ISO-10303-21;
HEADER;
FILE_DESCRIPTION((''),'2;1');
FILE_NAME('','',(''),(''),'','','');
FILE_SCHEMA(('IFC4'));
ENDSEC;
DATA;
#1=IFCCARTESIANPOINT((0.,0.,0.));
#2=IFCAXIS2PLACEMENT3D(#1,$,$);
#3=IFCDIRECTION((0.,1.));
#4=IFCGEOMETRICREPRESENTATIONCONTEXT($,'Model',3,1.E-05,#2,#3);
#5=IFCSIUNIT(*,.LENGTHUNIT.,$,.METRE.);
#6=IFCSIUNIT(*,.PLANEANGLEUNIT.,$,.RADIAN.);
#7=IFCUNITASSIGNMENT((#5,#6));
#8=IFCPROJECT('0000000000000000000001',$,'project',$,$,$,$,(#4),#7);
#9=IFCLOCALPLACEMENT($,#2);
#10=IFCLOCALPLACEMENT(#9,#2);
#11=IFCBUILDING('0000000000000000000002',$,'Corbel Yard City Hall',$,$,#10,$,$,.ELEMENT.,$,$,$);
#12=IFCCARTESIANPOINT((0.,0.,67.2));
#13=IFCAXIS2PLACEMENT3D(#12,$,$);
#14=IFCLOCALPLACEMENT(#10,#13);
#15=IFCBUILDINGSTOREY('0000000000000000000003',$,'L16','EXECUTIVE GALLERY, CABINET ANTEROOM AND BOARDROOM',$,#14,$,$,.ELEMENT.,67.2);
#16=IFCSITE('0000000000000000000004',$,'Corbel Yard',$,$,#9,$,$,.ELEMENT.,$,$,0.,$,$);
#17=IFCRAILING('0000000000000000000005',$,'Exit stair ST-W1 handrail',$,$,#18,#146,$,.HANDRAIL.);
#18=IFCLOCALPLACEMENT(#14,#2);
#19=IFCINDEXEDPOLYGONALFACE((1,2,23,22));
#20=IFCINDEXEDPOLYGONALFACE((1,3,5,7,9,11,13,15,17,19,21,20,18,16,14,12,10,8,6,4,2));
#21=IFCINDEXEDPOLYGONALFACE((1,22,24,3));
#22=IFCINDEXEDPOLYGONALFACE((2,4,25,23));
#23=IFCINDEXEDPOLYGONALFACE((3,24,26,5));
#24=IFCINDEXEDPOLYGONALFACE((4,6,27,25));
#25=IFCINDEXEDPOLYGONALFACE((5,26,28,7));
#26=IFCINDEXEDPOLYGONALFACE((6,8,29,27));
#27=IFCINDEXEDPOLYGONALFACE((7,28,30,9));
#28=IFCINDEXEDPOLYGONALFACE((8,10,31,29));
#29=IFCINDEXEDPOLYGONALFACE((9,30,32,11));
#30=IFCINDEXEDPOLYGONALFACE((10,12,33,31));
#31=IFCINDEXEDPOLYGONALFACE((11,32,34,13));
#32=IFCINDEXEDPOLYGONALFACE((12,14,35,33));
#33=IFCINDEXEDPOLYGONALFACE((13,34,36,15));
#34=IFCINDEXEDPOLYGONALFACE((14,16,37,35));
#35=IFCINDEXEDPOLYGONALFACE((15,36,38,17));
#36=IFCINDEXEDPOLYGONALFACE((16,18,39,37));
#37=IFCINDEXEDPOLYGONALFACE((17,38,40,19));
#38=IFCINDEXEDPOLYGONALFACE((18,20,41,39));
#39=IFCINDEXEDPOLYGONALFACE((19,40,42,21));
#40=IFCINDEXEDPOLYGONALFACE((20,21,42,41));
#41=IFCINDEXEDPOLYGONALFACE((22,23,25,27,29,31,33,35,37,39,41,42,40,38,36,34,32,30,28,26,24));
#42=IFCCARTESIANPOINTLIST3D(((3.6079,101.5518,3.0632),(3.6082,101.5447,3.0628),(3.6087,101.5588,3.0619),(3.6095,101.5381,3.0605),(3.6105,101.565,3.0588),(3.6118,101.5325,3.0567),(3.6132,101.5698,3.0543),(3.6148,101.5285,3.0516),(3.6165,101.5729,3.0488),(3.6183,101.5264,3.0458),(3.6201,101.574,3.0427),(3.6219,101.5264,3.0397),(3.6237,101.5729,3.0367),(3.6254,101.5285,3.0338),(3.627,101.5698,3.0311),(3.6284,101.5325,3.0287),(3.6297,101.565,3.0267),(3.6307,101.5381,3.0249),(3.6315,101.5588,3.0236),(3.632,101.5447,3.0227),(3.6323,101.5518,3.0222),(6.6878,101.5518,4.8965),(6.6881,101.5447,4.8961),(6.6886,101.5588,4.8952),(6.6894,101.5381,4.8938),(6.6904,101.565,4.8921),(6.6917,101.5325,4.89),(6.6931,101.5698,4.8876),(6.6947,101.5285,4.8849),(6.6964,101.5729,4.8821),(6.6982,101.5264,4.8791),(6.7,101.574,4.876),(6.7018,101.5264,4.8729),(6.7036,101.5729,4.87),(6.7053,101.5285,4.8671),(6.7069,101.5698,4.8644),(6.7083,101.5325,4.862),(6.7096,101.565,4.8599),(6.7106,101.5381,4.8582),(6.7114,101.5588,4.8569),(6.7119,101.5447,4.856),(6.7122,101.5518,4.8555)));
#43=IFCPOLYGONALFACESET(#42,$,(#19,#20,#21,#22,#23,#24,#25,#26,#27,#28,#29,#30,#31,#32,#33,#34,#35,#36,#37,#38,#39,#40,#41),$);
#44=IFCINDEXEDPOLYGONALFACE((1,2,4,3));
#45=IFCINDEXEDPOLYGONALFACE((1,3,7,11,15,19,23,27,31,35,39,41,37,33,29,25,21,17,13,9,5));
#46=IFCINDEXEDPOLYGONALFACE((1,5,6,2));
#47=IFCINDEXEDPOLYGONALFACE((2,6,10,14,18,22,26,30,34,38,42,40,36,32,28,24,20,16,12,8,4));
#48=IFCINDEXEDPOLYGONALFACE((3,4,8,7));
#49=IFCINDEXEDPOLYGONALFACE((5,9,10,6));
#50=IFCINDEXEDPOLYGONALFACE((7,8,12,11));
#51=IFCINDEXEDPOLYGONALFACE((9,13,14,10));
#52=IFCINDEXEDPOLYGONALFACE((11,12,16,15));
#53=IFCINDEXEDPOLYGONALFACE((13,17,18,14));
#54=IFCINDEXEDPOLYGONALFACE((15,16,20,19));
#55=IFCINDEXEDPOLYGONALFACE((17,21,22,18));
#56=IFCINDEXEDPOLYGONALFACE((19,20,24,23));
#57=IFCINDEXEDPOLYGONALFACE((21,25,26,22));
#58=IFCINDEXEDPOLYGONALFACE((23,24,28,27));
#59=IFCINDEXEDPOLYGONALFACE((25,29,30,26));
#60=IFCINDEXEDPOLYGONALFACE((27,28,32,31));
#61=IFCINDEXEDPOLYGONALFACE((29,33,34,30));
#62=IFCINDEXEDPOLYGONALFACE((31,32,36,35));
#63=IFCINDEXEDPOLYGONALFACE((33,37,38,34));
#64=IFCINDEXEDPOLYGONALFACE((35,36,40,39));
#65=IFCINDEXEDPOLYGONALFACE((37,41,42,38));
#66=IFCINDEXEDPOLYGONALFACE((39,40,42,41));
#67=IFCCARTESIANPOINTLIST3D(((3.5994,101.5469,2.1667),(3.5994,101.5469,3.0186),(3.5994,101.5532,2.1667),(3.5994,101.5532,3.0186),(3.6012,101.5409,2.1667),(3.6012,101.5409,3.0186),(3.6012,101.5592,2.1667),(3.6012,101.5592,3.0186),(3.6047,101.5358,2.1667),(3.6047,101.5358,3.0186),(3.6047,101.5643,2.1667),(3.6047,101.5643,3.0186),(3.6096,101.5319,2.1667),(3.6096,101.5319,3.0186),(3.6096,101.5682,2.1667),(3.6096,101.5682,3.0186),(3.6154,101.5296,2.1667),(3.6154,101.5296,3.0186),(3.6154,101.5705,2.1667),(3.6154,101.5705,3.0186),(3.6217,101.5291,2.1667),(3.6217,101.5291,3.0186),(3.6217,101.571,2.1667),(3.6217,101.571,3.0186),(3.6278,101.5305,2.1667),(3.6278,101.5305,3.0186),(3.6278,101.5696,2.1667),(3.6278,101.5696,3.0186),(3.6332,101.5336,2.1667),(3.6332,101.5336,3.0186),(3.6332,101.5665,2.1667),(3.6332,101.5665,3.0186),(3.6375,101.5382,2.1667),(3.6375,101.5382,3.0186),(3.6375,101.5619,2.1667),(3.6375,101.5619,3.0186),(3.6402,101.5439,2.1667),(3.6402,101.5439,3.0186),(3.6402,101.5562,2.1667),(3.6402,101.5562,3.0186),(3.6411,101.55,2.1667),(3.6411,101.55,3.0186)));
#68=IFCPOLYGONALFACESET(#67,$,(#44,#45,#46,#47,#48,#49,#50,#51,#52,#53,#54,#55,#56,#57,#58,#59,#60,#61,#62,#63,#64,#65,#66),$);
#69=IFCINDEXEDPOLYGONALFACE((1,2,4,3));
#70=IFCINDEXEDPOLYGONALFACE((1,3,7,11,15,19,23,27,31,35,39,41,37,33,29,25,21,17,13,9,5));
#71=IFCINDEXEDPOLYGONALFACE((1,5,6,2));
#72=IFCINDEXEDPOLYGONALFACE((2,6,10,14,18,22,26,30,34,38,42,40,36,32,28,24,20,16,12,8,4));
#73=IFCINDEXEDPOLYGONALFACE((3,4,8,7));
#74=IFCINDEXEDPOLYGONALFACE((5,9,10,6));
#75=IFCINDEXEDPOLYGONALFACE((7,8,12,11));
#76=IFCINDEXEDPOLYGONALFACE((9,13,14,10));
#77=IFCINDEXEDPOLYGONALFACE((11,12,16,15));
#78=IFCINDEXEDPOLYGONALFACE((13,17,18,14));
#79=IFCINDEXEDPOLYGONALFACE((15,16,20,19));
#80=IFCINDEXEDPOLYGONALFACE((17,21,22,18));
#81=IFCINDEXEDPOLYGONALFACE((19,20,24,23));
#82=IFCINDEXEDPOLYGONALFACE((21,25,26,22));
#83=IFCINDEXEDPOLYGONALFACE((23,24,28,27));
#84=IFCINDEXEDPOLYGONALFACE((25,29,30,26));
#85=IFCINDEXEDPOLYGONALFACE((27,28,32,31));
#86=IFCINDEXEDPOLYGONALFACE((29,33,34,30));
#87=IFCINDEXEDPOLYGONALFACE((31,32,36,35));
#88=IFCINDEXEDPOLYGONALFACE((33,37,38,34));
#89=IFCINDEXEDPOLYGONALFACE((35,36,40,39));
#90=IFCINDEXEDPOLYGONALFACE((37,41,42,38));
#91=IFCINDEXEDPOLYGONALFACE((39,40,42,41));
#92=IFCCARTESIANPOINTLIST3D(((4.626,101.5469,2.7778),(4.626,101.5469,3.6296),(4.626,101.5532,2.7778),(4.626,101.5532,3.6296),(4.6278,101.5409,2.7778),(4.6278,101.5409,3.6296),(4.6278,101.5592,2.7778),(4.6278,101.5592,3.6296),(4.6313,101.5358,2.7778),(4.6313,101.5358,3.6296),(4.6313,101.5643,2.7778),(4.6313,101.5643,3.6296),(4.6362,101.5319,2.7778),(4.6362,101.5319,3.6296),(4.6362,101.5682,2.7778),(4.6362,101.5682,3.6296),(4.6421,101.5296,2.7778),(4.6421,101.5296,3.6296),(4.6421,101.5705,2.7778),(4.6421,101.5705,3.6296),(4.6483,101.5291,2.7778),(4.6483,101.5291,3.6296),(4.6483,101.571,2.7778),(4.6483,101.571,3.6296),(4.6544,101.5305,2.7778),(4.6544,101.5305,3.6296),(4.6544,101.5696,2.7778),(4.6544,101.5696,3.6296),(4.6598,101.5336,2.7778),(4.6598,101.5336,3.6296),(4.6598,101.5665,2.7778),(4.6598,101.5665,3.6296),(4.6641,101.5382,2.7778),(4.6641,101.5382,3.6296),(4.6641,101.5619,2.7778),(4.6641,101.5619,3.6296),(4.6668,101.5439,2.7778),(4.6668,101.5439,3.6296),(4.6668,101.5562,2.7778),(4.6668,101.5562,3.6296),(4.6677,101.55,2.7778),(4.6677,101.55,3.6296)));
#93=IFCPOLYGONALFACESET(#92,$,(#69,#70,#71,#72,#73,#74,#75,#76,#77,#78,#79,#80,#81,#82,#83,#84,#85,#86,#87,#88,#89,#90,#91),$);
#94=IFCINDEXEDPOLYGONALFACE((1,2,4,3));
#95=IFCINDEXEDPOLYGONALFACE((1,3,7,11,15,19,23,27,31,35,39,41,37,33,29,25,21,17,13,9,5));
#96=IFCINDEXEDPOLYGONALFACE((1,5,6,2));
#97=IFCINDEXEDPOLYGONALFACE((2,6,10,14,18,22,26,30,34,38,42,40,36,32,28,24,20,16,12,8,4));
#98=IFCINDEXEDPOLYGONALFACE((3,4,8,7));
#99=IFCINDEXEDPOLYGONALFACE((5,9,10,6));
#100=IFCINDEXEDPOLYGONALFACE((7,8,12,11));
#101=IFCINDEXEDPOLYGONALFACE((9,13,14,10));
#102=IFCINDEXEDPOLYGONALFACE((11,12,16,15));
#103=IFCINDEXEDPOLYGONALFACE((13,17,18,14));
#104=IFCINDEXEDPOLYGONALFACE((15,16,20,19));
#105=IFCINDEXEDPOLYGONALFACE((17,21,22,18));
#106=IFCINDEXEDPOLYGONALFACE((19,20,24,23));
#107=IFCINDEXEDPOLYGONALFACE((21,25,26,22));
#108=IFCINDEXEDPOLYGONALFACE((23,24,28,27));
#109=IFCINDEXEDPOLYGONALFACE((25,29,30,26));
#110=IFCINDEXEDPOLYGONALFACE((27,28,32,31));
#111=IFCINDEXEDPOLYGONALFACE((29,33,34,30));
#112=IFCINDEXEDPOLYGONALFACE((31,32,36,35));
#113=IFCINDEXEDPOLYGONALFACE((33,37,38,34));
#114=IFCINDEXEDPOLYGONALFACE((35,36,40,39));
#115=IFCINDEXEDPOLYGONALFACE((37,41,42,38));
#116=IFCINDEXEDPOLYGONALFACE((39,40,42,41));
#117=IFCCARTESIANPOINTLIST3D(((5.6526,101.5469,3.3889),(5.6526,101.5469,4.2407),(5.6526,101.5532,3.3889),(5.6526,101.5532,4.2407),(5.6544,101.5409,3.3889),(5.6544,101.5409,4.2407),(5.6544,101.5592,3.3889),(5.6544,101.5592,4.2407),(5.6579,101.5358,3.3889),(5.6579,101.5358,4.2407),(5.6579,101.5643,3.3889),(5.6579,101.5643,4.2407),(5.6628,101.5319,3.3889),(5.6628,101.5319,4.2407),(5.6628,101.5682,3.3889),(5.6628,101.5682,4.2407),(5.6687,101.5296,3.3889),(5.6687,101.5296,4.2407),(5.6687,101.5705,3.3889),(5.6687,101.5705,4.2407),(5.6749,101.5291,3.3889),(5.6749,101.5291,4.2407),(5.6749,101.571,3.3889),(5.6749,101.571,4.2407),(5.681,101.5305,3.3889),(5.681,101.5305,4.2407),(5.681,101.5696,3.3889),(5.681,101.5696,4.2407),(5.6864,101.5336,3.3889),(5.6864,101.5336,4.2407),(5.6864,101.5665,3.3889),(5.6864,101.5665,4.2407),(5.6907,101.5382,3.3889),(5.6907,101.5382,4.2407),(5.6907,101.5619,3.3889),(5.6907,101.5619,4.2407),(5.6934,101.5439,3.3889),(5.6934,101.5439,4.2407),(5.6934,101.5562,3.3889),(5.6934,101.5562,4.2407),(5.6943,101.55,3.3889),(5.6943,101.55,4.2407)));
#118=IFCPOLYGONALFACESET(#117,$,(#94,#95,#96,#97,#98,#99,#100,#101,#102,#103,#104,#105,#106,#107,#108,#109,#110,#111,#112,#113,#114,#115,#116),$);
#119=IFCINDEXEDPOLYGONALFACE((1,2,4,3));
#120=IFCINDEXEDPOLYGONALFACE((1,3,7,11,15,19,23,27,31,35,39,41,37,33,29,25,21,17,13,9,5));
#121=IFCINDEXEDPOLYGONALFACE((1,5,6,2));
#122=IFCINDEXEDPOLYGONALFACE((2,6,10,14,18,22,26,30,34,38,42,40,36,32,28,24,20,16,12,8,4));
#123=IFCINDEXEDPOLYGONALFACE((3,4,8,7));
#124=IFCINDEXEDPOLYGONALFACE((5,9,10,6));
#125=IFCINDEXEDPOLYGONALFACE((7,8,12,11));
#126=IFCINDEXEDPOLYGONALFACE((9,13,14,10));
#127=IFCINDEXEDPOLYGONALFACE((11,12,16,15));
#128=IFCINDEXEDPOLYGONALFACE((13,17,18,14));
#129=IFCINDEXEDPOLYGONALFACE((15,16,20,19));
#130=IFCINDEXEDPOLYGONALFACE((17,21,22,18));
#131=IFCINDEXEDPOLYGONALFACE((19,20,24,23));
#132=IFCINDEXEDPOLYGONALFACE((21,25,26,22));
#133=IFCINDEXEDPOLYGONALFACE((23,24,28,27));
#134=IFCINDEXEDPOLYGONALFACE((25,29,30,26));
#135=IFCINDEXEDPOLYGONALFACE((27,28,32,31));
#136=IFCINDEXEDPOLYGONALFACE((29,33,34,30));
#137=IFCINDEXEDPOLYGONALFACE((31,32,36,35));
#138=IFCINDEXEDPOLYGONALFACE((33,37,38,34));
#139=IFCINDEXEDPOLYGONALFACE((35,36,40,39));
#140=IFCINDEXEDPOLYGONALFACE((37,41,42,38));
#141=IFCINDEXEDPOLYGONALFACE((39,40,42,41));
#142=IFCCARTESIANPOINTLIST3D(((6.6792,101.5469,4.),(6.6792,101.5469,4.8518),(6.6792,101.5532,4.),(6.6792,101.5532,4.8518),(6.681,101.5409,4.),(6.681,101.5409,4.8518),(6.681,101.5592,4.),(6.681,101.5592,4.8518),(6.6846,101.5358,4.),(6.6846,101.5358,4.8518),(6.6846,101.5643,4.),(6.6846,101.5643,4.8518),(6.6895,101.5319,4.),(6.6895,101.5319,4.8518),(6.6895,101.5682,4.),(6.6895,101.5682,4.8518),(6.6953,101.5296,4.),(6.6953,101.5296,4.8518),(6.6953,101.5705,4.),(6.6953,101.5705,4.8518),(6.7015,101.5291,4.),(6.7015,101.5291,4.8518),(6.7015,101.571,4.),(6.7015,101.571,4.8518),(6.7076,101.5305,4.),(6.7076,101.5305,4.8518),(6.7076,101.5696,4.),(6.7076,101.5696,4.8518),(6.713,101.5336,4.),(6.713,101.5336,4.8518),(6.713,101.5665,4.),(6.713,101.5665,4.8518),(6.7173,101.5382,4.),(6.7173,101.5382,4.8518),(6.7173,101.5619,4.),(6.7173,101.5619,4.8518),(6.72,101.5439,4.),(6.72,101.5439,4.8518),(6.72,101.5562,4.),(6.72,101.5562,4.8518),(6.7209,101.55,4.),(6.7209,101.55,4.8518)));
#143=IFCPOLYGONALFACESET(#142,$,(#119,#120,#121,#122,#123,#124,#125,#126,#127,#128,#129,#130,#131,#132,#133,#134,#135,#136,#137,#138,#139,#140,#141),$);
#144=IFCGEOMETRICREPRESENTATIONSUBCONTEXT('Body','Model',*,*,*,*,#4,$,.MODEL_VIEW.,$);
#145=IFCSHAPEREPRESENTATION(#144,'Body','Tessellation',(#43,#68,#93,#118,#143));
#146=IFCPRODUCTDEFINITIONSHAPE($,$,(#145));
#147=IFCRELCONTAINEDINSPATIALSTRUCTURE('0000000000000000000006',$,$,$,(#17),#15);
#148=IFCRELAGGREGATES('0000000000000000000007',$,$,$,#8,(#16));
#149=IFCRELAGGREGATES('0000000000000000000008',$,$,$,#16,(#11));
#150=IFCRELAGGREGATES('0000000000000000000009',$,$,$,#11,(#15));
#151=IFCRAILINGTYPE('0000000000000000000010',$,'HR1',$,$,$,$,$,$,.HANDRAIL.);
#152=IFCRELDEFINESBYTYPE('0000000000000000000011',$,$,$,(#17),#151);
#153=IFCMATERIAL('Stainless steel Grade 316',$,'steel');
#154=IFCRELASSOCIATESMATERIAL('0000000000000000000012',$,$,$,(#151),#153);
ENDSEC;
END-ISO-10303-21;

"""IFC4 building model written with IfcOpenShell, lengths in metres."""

from ifc_helpers import new_model, si_unit, direction, frame, origin, origin_2d, place, context, subcontext, project, spatial, circle, extrude, material, type_object, element, save


model = new_model("IFC4")

# Units and contexts
model_context = context("Model", 3, precision=1e-05, world=origin(), true_north=direction((0.0, 1.0)))
body_context = subcontext(model_context, "Body", "Model", "MODEL_VIEW")
ifc_project = project(units=[si_unit("LENGTHUNIT", "METRE"), si_unit("PLANEANGLEUNIT", "RADIAN")], contexts=[model_context])

# Site, building, storey
site_placement = place(None, origin())
site = spatial("IfcSite", under=ifc_project, at=site_placement, Name="Corbel Yard", CompositionType="ELEMENT", RefElevation=0.0)
building_placement = place(site_placement, origin())
building = spatial("IfcBuilding", under=site, at=building_placement, Name="Corbel Yard City Hall", CompositionType="ELEMENT")
storey_placement = place(building_placement, frame((0.0, 0.0, 67.2)))
storey = spatial("IfcBuildingStorey", under=building, at=storey_placement, Name="L16", Description="EXECUTIVE GALLERY, CABINET ANTEROOM AND BOARDROOM", CompositionType="ELEMENT", Elevation=67.2)

# Railing
ifc_material_1 = material(Name="Stainless steel Grade 316", Category="steel")
railing_type = type_object("IfcRailingType", Name="HR1", PredefinedType="HANDRAIL", material=ifc_material_1)
for number, where, name in (
    (1, (3.6201, 101.55, 2.1667), "Exit stair ST-W1 handrail"),
):
    element("IfcRailing", number, at=place(storey_placement, frame(where)), inside=storey, type_object=railing_type, Name=name, PredefinedType="HANDRAIL", context=body_context, shape_type="SweptSolid", body=[
        extrude(circle(Radius=0.0239, at=origin_2d()), frame((0.0, 0.0, 0.876), z_axis=(0.859291, 0.0, 0.511487), x_axis=(0.0, 1.0, 0.0)), (0.0, 0.0, 1.0), 3.5842),
        extrude(circle(Radius=0.021, at=origin_2d()), origin(), (0.0, 0.0, 1.0), 0.8518),
        extrude(circle(Radius=0.021, at=origin_2d()), frame((1.0266, 0.0, 0.6111)), (0.0, 0.0, 1.0), 0.8518),
        extrude(circle(Radius=0.021, at=origin_2d()), frame((2.0532, 0.0, 1.2222)), (0.0, 0.0, 1.0), 0.8518),
        extrude(circle(Radius=0.021, at=origin_2d()), frame((3.0798, 0.0, 1.8333)), (0.0, 0.0, 1.0), 0.8518),
    ])

save(model, "model.ifc")
